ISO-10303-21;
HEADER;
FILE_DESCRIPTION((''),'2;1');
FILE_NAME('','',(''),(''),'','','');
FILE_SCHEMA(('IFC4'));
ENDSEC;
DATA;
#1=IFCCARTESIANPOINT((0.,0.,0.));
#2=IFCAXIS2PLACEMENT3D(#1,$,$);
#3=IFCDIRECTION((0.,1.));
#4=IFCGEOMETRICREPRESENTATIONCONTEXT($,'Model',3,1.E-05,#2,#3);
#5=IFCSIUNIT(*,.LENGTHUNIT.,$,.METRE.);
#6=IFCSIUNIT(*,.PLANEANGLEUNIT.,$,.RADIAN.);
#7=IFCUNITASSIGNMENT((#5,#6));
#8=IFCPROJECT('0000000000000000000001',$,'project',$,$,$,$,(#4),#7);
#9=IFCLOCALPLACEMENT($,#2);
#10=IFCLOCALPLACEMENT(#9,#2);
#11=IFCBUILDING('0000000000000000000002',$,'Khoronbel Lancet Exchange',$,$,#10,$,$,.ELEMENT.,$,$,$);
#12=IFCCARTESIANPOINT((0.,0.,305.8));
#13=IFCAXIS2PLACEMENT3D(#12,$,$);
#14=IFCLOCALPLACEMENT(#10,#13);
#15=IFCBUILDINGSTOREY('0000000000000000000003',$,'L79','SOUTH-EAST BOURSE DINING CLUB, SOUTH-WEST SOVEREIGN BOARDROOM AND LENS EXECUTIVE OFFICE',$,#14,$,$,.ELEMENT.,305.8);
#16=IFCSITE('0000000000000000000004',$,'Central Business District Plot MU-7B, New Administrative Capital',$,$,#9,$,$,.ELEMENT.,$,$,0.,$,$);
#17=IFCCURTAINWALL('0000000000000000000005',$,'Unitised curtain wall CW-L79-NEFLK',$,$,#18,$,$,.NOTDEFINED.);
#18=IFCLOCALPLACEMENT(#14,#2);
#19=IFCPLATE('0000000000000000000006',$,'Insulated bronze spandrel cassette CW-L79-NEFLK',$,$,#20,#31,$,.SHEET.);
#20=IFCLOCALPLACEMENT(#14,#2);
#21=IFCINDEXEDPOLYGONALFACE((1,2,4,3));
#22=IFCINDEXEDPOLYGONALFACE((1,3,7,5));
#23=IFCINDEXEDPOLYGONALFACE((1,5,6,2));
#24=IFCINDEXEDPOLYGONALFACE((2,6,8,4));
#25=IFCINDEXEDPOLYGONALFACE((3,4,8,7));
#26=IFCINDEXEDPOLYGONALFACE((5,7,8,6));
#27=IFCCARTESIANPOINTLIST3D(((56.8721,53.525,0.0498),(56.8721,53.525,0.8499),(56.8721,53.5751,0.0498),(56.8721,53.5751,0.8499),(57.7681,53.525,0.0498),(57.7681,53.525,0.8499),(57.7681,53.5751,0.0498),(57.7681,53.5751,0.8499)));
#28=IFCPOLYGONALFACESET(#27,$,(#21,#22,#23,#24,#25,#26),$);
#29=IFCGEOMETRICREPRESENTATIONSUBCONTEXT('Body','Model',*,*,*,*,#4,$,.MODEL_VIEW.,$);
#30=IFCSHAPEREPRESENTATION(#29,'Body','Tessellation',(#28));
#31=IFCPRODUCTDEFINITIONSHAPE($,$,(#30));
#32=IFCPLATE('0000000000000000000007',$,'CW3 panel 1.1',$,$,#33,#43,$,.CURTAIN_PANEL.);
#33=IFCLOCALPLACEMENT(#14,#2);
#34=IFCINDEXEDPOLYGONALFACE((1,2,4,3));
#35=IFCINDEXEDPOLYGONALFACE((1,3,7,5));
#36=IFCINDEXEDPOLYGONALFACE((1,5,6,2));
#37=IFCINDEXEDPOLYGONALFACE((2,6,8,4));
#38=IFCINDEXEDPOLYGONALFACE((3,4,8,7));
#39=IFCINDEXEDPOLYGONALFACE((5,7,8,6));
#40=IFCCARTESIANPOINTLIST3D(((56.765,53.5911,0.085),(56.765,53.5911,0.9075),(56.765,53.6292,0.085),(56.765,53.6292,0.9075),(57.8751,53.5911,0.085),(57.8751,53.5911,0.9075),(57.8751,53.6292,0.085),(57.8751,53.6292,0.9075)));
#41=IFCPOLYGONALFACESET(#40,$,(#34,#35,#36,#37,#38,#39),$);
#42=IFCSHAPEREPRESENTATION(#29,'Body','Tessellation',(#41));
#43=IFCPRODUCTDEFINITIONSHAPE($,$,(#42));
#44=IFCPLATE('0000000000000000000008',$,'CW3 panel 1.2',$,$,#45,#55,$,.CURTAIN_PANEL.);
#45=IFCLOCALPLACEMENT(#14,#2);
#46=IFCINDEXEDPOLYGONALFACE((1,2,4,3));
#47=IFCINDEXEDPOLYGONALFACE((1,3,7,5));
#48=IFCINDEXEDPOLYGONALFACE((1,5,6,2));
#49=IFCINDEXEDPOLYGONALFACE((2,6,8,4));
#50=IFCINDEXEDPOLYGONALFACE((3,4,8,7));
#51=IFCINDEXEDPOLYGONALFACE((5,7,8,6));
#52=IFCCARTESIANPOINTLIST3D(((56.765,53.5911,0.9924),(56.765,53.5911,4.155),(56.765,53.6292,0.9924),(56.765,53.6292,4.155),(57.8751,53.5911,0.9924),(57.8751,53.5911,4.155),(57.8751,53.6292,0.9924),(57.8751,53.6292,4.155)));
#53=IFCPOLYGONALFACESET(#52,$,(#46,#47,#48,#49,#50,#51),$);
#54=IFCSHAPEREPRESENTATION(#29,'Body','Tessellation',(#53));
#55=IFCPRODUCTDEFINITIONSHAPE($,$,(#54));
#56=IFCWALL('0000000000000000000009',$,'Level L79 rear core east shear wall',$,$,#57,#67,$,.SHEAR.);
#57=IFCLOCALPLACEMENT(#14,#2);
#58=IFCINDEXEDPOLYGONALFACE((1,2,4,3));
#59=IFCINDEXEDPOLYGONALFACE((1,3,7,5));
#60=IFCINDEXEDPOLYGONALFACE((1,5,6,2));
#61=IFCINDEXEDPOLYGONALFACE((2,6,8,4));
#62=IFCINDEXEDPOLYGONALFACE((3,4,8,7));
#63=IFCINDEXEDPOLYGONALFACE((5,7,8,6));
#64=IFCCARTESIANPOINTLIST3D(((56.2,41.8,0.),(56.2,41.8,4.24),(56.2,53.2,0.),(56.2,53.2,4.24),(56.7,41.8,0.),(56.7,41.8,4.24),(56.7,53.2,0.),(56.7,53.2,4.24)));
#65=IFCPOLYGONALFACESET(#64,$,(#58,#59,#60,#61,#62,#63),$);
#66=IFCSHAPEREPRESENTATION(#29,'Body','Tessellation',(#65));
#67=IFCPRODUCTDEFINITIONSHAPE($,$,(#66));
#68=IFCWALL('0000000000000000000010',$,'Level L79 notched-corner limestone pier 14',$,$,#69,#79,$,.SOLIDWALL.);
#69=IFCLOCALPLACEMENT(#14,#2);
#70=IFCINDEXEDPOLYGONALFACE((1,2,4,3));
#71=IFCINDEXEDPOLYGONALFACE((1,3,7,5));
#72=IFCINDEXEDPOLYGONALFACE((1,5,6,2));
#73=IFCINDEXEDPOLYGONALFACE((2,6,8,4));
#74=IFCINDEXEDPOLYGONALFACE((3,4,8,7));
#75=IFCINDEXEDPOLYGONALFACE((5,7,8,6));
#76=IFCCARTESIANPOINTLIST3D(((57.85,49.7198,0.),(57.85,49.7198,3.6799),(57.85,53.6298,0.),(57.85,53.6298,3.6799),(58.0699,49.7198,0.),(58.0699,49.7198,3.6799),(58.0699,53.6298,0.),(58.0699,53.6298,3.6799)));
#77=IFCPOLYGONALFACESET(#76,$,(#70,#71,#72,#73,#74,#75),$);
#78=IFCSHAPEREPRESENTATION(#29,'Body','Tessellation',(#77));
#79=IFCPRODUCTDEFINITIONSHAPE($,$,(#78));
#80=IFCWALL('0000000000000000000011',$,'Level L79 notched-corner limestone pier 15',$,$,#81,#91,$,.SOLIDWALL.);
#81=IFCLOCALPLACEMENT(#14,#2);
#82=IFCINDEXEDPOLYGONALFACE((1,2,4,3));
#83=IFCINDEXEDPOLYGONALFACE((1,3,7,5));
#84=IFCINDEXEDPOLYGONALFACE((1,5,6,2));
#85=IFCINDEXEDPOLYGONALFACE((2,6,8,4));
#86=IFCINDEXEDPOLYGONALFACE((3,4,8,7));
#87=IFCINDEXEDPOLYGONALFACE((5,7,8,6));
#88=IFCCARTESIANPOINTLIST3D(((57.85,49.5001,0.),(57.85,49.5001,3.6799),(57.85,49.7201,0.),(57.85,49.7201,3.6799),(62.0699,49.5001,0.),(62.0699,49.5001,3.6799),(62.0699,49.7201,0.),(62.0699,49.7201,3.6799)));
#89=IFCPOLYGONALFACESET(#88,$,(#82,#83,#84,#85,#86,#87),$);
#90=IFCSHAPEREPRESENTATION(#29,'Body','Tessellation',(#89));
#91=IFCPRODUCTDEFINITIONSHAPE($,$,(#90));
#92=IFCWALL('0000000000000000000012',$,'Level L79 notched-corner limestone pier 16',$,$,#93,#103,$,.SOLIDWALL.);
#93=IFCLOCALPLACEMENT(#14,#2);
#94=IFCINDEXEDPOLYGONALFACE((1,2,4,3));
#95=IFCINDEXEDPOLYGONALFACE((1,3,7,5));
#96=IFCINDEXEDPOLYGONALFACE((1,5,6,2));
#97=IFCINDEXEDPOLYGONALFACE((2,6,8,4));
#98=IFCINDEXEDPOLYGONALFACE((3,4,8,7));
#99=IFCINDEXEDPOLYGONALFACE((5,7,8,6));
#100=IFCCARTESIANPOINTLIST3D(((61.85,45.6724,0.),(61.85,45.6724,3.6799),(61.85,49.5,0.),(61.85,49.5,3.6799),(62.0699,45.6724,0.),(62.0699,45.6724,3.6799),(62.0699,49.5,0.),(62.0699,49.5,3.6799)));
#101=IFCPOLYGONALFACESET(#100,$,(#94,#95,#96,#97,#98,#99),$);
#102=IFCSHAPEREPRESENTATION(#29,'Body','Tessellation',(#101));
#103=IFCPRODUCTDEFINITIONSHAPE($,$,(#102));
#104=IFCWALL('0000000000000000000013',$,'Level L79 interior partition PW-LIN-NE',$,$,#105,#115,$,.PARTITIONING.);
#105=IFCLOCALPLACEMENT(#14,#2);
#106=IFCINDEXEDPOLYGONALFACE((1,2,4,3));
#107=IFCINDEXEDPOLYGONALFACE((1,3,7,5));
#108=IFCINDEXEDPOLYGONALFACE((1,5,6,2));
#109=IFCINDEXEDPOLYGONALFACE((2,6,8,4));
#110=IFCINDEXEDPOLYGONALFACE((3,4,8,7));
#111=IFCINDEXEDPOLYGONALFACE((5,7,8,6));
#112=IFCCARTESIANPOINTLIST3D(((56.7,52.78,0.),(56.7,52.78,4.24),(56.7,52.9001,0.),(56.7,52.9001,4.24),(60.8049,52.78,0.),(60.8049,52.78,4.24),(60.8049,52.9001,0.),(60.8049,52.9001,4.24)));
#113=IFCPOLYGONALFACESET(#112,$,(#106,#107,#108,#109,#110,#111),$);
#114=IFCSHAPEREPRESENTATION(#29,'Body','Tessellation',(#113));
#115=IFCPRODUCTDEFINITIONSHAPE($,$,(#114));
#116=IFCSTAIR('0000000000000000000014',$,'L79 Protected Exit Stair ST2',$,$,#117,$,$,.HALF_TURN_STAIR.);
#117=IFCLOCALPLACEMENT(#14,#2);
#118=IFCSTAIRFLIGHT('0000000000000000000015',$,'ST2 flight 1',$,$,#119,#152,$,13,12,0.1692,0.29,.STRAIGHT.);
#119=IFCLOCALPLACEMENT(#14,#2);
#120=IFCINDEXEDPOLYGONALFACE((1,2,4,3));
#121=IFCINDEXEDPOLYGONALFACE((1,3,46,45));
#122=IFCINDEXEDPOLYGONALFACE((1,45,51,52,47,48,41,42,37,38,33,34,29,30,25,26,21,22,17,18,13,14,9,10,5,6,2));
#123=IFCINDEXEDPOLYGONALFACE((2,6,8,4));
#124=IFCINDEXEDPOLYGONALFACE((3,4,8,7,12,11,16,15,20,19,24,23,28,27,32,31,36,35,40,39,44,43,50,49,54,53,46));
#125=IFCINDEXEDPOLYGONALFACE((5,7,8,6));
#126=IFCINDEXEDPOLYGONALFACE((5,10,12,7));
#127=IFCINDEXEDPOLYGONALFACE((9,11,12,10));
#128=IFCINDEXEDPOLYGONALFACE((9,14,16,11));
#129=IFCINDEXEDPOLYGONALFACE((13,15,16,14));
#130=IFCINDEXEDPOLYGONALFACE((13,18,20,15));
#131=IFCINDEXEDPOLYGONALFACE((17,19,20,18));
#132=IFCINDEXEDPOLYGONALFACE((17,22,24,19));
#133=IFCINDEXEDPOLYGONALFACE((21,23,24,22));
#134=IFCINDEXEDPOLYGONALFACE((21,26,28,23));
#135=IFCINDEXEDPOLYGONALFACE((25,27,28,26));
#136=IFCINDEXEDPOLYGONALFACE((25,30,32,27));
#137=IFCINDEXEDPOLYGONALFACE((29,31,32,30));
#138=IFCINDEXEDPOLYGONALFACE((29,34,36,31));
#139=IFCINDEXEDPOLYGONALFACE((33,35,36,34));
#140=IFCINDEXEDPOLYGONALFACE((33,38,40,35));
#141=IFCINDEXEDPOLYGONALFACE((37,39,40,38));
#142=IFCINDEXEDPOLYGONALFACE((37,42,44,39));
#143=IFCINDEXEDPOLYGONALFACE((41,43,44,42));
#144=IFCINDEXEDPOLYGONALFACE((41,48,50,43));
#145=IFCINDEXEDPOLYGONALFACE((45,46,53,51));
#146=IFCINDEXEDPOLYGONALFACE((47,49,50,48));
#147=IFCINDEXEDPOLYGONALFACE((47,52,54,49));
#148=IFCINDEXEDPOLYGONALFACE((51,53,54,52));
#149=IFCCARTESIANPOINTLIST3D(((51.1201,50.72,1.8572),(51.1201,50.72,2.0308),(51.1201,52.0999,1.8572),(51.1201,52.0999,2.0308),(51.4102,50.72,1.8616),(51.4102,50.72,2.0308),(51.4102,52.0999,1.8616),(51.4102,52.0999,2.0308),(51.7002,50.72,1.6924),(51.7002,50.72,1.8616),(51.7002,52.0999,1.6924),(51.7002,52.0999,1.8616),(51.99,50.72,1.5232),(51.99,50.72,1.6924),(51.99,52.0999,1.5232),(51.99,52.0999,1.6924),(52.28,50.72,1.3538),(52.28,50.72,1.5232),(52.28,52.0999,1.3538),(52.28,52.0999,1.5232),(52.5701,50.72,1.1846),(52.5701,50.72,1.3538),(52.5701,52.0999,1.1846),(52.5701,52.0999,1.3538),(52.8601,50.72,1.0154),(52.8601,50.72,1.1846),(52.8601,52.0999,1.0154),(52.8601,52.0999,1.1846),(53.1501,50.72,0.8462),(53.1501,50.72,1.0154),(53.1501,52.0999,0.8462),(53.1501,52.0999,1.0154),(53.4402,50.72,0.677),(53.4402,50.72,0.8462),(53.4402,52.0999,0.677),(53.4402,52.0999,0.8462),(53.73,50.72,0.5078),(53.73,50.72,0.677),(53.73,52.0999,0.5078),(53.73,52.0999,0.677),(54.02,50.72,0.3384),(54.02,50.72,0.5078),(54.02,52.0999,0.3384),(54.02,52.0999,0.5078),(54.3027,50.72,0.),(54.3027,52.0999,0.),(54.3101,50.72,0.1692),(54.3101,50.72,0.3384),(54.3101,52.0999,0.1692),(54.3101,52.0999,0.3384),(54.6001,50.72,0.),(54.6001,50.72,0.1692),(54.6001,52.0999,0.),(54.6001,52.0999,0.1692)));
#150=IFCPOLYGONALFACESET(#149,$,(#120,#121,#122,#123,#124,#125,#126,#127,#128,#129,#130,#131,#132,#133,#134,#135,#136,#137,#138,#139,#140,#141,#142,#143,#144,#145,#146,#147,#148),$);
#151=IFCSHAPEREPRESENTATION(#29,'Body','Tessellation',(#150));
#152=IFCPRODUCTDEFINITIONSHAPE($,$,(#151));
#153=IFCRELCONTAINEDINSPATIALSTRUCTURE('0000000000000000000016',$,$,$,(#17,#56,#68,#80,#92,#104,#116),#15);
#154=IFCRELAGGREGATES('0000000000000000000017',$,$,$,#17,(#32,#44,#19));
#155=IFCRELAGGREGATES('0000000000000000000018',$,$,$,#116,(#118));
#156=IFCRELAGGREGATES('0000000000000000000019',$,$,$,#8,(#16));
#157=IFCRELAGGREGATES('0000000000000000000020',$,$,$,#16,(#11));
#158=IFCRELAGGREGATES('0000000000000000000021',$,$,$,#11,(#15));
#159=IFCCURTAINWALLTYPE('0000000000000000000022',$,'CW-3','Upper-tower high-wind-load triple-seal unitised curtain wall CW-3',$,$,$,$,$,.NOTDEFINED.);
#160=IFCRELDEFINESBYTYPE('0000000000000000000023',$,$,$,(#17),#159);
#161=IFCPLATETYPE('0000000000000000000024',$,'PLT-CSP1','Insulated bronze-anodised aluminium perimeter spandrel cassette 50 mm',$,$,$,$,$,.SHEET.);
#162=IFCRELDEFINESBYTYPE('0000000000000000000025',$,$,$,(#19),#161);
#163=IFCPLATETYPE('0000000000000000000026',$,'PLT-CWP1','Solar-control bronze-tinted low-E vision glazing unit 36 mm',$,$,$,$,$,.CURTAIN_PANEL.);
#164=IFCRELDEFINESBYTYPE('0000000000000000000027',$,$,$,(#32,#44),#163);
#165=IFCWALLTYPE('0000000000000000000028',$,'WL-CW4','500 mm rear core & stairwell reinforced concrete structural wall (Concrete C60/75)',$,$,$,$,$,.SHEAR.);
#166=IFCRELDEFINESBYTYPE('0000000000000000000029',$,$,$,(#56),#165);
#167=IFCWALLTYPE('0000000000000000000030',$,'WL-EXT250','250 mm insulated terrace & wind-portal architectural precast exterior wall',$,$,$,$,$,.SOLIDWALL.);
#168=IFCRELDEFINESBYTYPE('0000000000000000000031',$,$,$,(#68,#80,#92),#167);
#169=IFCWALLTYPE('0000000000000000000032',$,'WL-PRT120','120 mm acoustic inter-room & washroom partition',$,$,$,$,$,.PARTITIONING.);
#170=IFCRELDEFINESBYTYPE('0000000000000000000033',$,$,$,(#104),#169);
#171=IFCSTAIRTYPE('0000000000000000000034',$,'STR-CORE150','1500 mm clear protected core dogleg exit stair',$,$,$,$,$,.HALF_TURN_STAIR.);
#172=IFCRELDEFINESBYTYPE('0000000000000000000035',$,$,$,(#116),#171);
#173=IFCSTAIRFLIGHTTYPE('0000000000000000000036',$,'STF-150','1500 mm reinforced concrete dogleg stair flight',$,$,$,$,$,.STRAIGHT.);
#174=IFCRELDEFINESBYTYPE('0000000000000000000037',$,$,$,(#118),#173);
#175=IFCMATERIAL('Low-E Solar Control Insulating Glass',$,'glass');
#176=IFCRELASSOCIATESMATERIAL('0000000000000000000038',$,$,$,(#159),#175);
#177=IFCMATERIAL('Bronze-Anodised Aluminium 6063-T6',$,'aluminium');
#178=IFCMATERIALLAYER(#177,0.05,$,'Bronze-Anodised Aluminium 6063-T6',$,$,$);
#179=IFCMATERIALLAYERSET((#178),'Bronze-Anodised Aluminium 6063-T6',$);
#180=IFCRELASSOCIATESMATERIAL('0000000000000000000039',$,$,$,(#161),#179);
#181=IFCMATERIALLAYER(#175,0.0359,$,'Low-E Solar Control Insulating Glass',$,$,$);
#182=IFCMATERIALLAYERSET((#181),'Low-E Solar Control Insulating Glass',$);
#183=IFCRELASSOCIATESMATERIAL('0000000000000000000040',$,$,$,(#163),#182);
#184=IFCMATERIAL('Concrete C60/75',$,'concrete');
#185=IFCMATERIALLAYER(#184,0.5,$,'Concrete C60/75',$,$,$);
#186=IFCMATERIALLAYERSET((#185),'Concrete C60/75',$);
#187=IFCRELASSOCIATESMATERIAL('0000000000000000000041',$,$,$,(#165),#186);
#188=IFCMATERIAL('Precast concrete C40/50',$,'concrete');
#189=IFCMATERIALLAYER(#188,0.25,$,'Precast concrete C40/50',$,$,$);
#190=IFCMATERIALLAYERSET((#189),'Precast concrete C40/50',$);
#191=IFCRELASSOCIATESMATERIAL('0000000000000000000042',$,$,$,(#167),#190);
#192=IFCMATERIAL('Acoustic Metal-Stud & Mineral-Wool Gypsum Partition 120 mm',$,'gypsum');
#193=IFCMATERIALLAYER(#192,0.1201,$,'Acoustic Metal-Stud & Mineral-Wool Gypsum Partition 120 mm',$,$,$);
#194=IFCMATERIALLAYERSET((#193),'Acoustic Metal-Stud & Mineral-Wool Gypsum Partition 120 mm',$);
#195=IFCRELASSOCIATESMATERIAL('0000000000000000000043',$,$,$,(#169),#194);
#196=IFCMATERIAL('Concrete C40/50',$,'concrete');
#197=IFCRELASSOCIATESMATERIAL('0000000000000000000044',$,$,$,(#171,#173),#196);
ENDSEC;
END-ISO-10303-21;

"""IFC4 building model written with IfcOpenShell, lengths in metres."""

from ifc_helpers import new_model, si_unit, direction, frame, frame_2d, origin, origin_2d, place, context, subcontext, project, spatial, polyline, rectangle, outline, extrude, material, layer, layer_set, type_object, element, aggregate, save


model = new_model("IFC4")

# Units and contexts
model_context = context("Model", 3, precision=1e-05, world=origin(), true_north=direction((0.0, 1.0)))
body_context = subcontext(model_context, "Body", "Model", "MODEL_VIEW")
ifc_project = project(units=[si_unit("LENGTHUNIT", "METRE"), si_unit("PLANEANGLEUNIT", "RADIAN")], contexts=[model_context])

# Site, building, storey
site_placement = place(None, origin())
site = spatial("IfcSite", under=ifc_project, at=site_placement, Name="Central Business District Plot MU-7B, New Administrative Capital", CompositionType="ELEMENT", RefElevation=0.0)
building_placement = place(site_placement, origin())
building = spatial("IfcBuilding", under=site, at=building_placement, Name="Khoronbel Lancet Exchange", CompositionType="ELEMENT")
storey_placement = place(building_placement, frame((0.0, 0.0, 305.8)))
storey = spatial("IfcBuildingStorey", under=building, at=storey_placement, Name="L79", Description="SOUTH-EAST BOURSE DINING CLUB, SOUTH-WEST SOVEREIGN BOARDROOM AND LENS EXECUTIVE OFFICE", CompositionType="ELEMENT", Elevation=305.8)

# Curtain wall, plates
ifc_material_1 = material(Name="Low-E Solar Control Insulating Glass", Category="glass")
curtain_wall_type = type_object("IfcCurtainWallType", Name="CW-3", Description="Upper-tower high-wind-load triple-seal unitised curtain wall CW-3", PredefinedType="NOTDEFINED", material=ifc_material_1)
curtain_wall_placement = place(storey_placement, origin())
curtain_wall = element("IfcCurtainWall", 1, at=curtain_wall_placement, inside=storey, type_object=curtain_wall_type, Name="Unitised curtain wall CW-L79-NEFLK", PredefinedType="NOTDEFINED")
ifc_material_2 = material(Name="Bronze-Anodised Aluminium 6063-T6", Category="aluminium")
ifc_layer_1 = layer(ifc_material_2, 0.05, Name="Bronze-Anodised Aluminium 6063-T6")
ifc_layer_set_1 = layer_set([ifc_layer_1], Name="Bronze-Anodised Aluminium 6063-T6")
plate_type_1 = type_object("IfcPlateType", Name="PLT-CSP1", Description="Insulated bronze-anodised aluminium perimeter spandrel cassette 50 mm", PredefinedType="SHEET", material=ifc_layer_set_1)
plate_1_placement = place(storey_placement, frame((57.3201, 53.55, 0.0498), z_axis=(0.0, 0.0, 1.0), x_axis=(-1.0, 0.0, 0.0)))
plate_1 = element("IfcPlate", 2, at=plate_1_placement, type_object=plate_type_1, Name="Insulated bronze spandrel cassette CW-L79-NEFLK", PredefinedType="SHEET", context=body_context, shape_type="SweptSolid", body=[
    extrude(rectangle(XDim=0.896, YDim=0.05, at=origin_2d()), origin(), (0.0, 0.0, 1.0), 0.8),
])
ifc_layer_2 = layer(ifc_material_1, 0.0359, Name="Low-E Solar Control Insulating Glass")
ifc_layer_set_2 = layer_set([ifc_layer_2], Name="Low-E Solar Control Insulating Glass")
plate_type_2 = type_object("IfcPlateType", Name="PLT-CWP1", Description="Solar-control bronze-tinted low-E vision glazing unit 36 mm", PredefinedType="CURTAIN_PANEL", material=ifc_layer_set_2)
plate_2_placement = place(storey_placement, frame((57.3201, 53.6101, 0.085), z_axis=(0.0, 0.0, 1.0), x_axis=(-1.0, 0.0, 0.0)))
plate_2 = element("IfcPlate", 3, at=plate_2_placement, type_object=plate_type_2, Name="CW3 panel 1.1", PredefinedType="CURTAIN_PANEL", context=body_context, shape_type="SweptSolid", body=[
    extrude(rectangle(XDim=1.1101, YDim=0.0381, at=origin_2d()), origin(), (0.0, 0.0, 1.0), 0.8225),
])
plate_3_placement = place(storey_placement, frame((57.3201, 53.6101, 0.9924), z_axis=(0.0, 0.0, 1.0), x_axis=(-1.0, 0.0, 0.0)))
plate_3 = element("IfcPlate", 4, at=plate_3_placement, type_object=plate_type_2, Name="CW3 panel 1.2", PredefinedType="CURTAIN_PANEL", context=body_context, shape_type="SweptSolid", body=[
    extrude(rectangle(XDim=1.1101, YDim=0.0381, at=origin_2d()), origin(), (0.0, 0.0, 1.0), 3.1626),
])
aggregate(curtain_wall, [plate_2, plate_3, plate_1])

# Walls
ifc_material_3 = material(Name="Concrete C60/75", Category="concrete")
ifc_layer_3 = layer(ifc_material_3, 0.5, Name="Concrete C60/75")
ifc_layer_set_3 = layer_set([ifc_layer_3], Name="Concrete C60/75")
wall_type_1 = type_object("IfcWallType", Name="WL-CW4", Description="500 mm rear core & stairwell reinforced concrete structural wall (Concrete C60/75)", PredefinedType="SHEAR", material=ifc_layer_set_3)
wall_1_placement = place(storey_placement, frame((56.45, 53.2, 0.0), z_axis=(0.0, 0.0, 1.0), x_axis=(0.0, -1.0, 0.0)))
element("IfcWall", 5, at=wall_1_placement, inside=storey, type_object=wall_type_1, Name="Level L79 rear core east shear wall", PredefinedType="SHEAR", context=body_context, shape_type="SweptSolid", body=[
    extrude(rectangle(XDim=11.3999, YDim=0.5, at=frame_2d((5.7, 0.0))), origin(), (0.0, 0.0, 1.0), 4.24),
])
ifc_material_4 = material(Name="Precast concrete C40/50", Category="concrete")
ifc_layer_4 = layer(ifc_material_4, 0.25, Name="Precast concrete C40/50")
ifc_layer_set_4 = layer_set([ifc_layer_4], Name="Precast concrete C40/50")
wall_type_2 = type_object("IfcWallType", Name="WL-EXT250", Description="250 mm insulated terrace & wind-portal architectural precast exterior wall", PredefinedType="SOLIDWALL", material=ifc_layer_set_4)
wall_2_placement = place(storey_placement, frame((57.96, 53.6299, 0.0), z_axis=(0.0, 0.0, 1.0), x_axis=(0.0, -1.0, 0.0)))
element("IfcWall", 6, at=wall_2_placement, inside=storey, type_object=wall_type_2, Name="Level L79 notched-corner limestone pier 14", PredefinedType="SOLIDWALL", context=body_context, shape_type="SweptSolid", body=[
    extrude(rectangle(XDim=3.9099, YDim=0.22, at=frame_2d((1.9551, 0.0))), origin(), (0.0, 0.0, 1.0), 3.6799),
])
wall_3_placement = place(storey_placement, frame((57.8501, 49.6101, 0.0), z_axis=(0.0, 0.0, 1.0), x_axis=(1.0, 0.0, 0.0)))
element("IfcWall", 7, at=wall_3_placement, inside=storey, type_object=wall_type_2, Name="Level L79 notched-corner limestone pier 15", PredefinedType="SOLIDWALL", context=body_context, shape_type="SweptSolid", body=[
    extrude(rectangle(XDim=4.22, YDim=0.22, at=frame_2d((2.1099, 0.0))), origin(), (0.0, 0.0, 1.0), 3.6799),
])
wall_4_placement = place(storey_placement, frame((61.96, 49.5, 0.0), z_axis=(0.0, 0.0, 1.0), x_axis=(0.0, -1.0, 0.0)))
element("IfcWall", 8, at=wall_4_placement, inside=storey, type_object=wall_type_2, Name="Level L79 notched-corner limestone pier 16", PredefinedType="SOLIDWALL", context=body_context, shape_type="SweptSolid", body=[
    extrude(rectangle(XDim=3.8276, YDim=0.22, at=frame_2d((1.9138, 0.0))), origin(), (0.0, 0.0, 1.0), 3.6799),
])
ifc_material_5 = material(Name="Acoustic Metal-Stud & Mineral-Wool Gypsum Partition 120 mm", Category="gypsum")
ifc_layer_5 = layer(ifc_material_5, 0.1201, Name="Acoustic Metal-Stud & Mineral-Wool Gypsum Partition 120 mm")
ifc_layer_set_5 = layer_set([ifc_layer_5], Name="Acoustic Metal-Stud & Mineral-Wool Gypsum Partition 120 mm")
wall_type_3 = type_object("IfcWallType", Name="WL-PRT120", Description="120 mm acoustic inter-room & washroom partition", PredefinedType="PARTITIONING", material=ifc_layer_set_5)
wall_5_placement = place(storey_placement, frame((56.7, 52.8401, 0.0), z_axis=(0.0, 0.0, 1.0), x_axis=(1.0, 0.0, 0.0)))
element("IfcWall", 9, at=wall_5_placement, inside=storey, type_object=wall_type_3, Name="Level L79 interior partition PW-LIN-NE", PredefinedType="PARTITIONING", context=body_context, shape_type="SweptSolid", body=[
    extrude(rectangle(XDim=4.105, YDim=0.1201, at=frame_2d((2.0525, 0.0))), origin(), (0.0, 0.0, 1.0), 4.24),
])

# Stair, stair flight
ifc_material_6 = material(Name="Concrete C40/50", Category="concrete")
stair_type = type_object("IfcStairType", Name="STR-CORE150", Description="1500 mm clear protected core dogleg exit stair", PredefinedType="HALF_TURN_STAIR", material=ifc_material_6)
stair_placement = place(storey_placement, origin())
stair = element("IfcStair", 10, at=stair_placement, inside=storey, type_object=stair_type, Name="L79 Protected Exit Stair ST2", PredefinedType="HALF_TURN_STAIR")
stair_flight_type = type_object("IfcStairFlightType", Name="STF-150", Description="1500 mm reinforced concrete dogleg stair flight", PredefinedType="STRAIGHT", material=ifc_material_6)
stair_flight_placement = place(storey_placement, frame((54.6001, 51.4099, 0.0), z_axis=(0.0, 0.0, 1.0), x_axis=(-1.0, 0.0, 0.0)))
stair_flight = element("IfcStairFlight", 11, at=stair_flight_placement, type_object=stair_flight_type, Name="ST2 flight 1", NumberOfRisers=13, NumberOfTreads=12, PredefinedType="STRAIGHT", RiserHeight=0.1692, TreadLength=0.29, context=body_context, shape_type="SweptSolid", body=[
    extrude(outline(polyline([(0.0, 0.0), (0.0, 0.1692), (0.29, 0.1692), (0.29, 0.3384), (0.5801, 0.3384), (0.5801, 0.5078), (0.8701, 0.5078), (0.8701, 0.677), (1.1599, 0.677), (1.1599, 0.8462), (1.45, 0.8462), (1.45, 1.0154), (1.74, 1.0154), (1.74, 1.1846), (2.03, 1.1846), (2.03, 1.3538), (2.3201, 1.3538), (2.3201, 1.5232), (2.6101, 1.5232), (2.6101, 1.6924), (2.8999, 1.6924), (2.8999, 1.8616), (3.1899, 1.8616), (3.1899, 2.0308), (3.48, 2.0308), (3.48, 2.2), (3.48, 1.8572), (0.2974, 0.0), (0.0, 0.0)])), frame((0.0, 0.6899, 0.0), z_axis=(0.0, -1.0, 0.0), x_axis=(1.0, 0.0, 0.0)), (0.0, 0.0, 1.0), 1.3799),
])
aggregate(stair, [stair_flight])

save(model, "model.ifc")
